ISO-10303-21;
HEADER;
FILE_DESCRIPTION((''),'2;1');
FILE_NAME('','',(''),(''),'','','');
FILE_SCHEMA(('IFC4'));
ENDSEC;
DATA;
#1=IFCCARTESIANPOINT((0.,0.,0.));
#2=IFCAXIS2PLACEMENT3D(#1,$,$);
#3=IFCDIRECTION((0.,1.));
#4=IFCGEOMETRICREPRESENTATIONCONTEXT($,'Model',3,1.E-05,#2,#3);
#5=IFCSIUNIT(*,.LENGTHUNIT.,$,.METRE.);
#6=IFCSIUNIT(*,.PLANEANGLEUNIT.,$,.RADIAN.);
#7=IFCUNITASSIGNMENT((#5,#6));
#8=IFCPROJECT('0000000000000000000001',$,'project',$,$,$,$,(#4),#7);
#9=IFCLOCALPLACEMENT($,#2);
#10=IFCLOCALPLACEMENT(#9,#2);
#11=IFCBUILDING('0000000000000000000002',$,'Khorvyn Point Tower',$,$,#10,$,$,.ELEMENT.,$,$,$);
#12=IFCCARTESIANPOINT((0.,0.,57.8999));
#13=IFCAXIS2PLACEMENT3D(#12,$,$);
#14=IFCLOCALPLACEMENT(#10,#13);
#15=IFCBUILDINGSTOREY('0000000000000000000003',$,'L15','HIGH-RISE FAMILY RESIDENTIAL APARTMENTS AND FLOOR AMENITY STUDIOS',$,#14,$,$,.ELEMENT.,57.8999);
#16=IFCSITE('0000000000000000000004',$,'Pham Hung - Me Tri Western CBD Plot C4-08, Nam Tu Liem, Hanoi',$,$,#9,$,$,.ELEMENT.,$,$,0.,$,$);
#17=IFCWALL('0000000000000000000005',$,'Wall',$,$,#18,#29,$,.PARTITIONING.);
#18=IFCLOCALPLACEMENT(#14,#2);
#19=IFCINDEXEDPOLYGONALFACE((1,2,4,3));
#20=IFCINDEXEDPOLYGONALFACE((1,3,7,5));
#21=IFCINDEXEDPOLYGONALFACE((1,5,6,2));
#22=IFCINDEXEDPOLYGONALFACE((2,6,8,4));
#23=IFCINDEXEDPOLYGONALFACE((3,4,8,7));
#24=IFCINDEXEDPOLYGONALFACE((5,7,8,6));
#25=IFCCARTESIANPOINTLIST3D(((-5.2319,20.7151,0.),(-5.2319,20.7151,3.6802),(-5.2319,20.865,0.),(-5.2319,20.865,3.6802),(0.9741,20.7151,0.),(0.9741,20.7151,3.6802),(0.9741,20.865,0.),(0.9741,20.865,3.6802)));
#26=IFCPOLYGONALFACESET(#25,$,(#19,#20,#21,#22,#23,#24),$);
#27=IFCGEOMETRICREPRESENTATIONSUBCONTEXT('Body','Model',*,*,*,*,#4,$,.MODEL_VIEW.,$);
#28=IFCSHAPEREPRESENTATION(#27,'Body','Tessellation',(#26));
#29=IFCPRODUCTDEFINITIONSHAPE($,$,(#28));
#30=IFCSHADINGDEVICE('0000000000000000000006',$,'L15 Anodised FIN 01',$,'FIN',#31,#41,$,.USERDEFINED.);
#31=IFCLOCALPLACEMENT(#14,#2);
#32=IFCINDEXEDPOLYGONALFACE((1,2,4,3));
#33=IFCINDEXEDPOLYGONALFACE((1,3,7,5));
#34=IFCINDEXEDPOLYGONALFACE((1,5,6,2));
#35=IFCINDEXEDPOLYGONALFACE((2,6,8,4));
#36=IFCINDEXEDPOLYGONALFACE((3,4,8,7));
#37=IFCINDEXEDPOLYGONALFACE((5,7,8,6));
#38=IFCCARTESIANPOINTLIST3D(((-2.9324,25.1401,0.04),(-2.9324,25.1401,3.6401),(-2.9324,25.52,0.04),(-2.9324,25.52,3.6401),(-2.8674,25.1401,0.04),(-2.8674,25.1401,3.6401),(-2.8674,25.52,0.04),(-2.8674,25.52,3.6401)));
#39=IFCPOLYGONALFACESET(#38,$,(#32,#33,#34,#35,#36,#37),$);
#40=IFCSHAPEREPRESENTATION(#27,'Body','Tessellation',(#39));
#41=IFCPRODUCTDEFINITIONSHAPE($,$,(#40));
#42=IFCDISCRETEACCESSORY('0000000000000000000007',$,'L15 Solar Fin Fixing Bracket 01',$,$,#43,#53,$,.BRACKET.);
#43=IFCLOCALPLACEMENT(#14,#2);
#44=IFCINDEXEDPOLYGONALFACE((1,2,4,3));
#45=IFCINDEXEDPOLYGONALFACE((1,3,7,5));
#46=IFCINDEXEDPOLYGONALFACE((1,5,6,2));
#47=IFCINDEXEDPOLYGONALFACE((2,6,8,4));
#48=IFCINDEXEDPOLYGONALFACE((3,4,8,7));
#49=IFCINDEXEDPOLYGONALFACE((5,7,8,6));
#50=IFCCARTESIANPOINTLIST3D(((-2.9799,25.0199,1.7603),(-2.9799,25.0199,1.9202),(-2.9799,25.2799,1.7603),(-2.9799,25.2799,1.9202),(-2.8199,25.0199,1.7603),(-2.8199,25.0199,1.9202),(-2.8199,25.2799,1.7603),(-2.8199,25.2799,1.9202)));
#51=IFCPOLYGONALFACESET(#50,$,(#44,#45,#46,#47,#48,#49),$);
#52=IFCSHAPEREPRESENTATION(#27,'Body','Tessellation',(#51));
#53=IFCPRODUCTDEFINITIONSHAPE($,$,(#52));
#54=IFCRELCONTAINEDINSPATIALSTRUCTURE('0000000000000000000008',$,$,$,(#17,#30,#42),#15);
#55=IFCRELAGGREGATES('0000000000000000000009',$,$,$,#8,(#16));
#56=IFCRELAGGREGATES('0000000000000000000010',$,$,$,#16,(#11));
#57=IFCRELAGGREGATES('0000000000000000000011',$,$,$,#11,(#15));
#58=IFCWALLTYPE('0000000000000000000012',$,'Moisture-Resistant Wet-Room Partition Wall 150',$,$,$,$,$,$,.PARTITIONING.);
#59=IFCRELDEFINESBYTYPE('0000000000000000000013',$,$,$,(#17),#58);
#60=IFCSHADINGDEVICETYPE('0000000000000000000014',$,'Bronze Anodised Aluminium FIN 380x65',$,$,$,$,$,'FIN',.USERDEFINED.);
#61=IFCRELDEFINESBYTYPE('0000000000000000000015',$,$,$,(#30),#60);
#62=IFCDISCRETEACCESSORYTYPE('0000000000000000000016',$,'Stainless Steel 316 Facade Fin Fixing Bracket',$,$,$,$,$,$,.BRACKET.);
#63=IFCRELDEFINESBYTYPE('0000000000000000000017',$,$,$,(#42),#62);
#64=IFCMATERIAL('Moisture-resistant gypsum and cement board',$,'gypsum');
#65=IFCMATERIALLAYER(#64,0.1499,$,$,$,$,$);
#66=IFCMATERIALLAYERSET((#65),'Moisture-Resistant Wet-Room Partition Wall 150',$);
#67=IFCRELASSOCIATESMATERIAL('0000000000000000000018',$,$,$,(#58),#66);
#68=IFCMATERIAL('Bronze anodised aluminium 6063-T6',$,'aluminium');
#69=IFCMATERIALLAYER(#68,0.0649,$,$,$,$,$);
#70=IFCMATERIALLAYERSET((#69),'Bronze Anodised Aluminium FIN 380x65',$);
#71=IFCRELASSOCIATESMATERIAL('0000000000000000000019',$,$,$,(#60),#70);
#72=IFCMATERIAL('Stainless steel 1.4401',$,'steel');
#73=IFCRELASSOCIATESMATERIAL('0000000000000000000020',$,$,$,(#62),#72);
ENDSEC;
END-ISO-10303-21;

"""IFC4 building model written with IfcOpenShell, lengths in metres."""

from ifc_helpers import new_model, si_unit, direction, frame, frame_2d, origin, origin_2d, place, context, subcontext, project, spatial, rectangle, extrude, material, layer, layer_set, type_object, element, save


model = new_model("IFC4")

# Units and contexts
model_context = context("Model", 3, precision=1e-05, world=origin(), true_north=direction((0.0, 1.0)))
body_context = subcontext(model_context, "Body", "Model", "MODEL_VIEW")
ifc_project = project(units=[si_unit("LENGTHUNIT", "METRE"), si_unit("PLANEANGLEUNIT", "RADIAN")], contexts=[model_context])

# Site, building, storey
site_placement = place(None, origin())
site = spatial("IfcSite", under=ifc_project, at=site_placement, Name="Pham Hung - Me Tri Western CBD Plot C4-08, Nam Tu Liem, Hanoi", CompositionType="ELEMENT", RefElevation=0.0)
building_placement = place(site_placement, origin())
building = spatial("IfcBuilding", under=site, at=building_placement, Name="Khorvyn Point Tower", CompositionType="ELEMENT")
storey_placement = place(building_placement, frame((0.0, 0.0, 57.8999)))
storey = spatial("IfcBuildingStorey", under=building, at=storey_placement, Name="L15", Description="HIGH-RISE FAMILY RESIDENTIAL APARTMENTS AND FLOOR AMENITY STUDIOS", CompositionType="ELEMENT", Elevation=57.8999)

# Shared definitions
ifc_material_1 = material(Name="Moisture-resistant gypsum and cement board", Category="gypsum")
ifc_layer_1 = layer(ifc_material_1, 0.1499)
ifc_layer_set_1 = layer_set([ifc_layer_1], Name="Moisture-Resistant Wet-Room Partition Wall 150")
wall_type_1 = type_object("IfcWallType", Name="Moisture-Resistant Wet-Room Partition Wall 150", PredefinedType="PARTITIONING", material=ifc_layer_set_1)

# Wall
for number, where, z_axis, x_axis, name in (
    (1, (-5.2319, 20.79, 0.0), (0.0, 0.0, 1.0), (1.0, 0.0, 0.0), "Wall"),
):
    element("IfcWall", number, at=place(storey_placement, frame(where, z_axis=z_axis, x_axis=x_axis)), inside=storey, type_object=wall_type_1, Name=name, PredefinedType="PARTITIONING", context=body_context, shape_type="SweptSolid", body=[
        extrude(rectangle(XDim=6.2061, YDim=0.1499, at=frame_2d((3.103, 0.0))), origin(), (0.0, 0.0, 1.0), 3.6802),
    ])

# Shading device
ifc_material_2 = material(Name="Bronze anodised aluminium 6063-T6", Category="aluminium")
ifc_layer_2 = layer(ifc_material_2, 0.0649)
ifc_layer_set_2 = layer_set([ifc_layer_2], Name="Bronze Anodised Aluminium FIN 380x65")
shading_device_type = type_object("IfcShadingDeviceType", Name="Bronze Anodised Aluminium FIN 380x65", ElementType="FIN", PredefinedType="USERDEFINED", material=ifc_layer_set_2)
shading_device_placement = place(storey_placement, frame((-2.8999, 25.3301, 0.04), z_axis=(0.0, 0.0, 1.0), x_axis=(0.0, 1.0, 0.0)))
element("IfcShadingDevice", 2, at=shading_device_placement, inside=storey, type_object=shading_device_type, Name="L15 Anodised FIN 01", ObjectType="FIN", PredefinedType="USERDEFINED", context=body_context, shape_type="SweptSolid", body=[
    extrude(rectangle(XDim=0.3799, YDim=0.0649, at=origin_2d()), origin(), (0.0, 0.0, 1.0), 3.6001),
])

# Discrete accessory
ifc_material_3 = material(Name="Stainless steel 1.4401", Category="steel")
discrete_accessory_type = type_object("IfcDiscreteAccessoryType", Name="Stainless Steel 316 Facade Fin Fixing Bracket", PredefinedType="BRACKET", material=ifc_material_3)
discrete_accessory_placement = place(storey_placement, frame((-2.8999, 25.1499, 1.7603), z_axis=(0.0, 0.0, 1.0), x_axis=(1.0, 0.0, 0.0)))
element("IfcDiscreteAccessory", 3, at=discrete_accessory_placement, inside=storey, type_object=discrete_accessory_type, Name="L15 Solar Fin Fixing Bracket 01", PredefinedType="BRACKET", context=body_context, shape_type="SweptSolid", body=[
    extrude(rectangle(XDim=0.1599, YDim=0.26, at=origin_2d()), origin(), (0.0, 0.0, 1.0), 0.1599),
])

save(model, "model.ifc")
